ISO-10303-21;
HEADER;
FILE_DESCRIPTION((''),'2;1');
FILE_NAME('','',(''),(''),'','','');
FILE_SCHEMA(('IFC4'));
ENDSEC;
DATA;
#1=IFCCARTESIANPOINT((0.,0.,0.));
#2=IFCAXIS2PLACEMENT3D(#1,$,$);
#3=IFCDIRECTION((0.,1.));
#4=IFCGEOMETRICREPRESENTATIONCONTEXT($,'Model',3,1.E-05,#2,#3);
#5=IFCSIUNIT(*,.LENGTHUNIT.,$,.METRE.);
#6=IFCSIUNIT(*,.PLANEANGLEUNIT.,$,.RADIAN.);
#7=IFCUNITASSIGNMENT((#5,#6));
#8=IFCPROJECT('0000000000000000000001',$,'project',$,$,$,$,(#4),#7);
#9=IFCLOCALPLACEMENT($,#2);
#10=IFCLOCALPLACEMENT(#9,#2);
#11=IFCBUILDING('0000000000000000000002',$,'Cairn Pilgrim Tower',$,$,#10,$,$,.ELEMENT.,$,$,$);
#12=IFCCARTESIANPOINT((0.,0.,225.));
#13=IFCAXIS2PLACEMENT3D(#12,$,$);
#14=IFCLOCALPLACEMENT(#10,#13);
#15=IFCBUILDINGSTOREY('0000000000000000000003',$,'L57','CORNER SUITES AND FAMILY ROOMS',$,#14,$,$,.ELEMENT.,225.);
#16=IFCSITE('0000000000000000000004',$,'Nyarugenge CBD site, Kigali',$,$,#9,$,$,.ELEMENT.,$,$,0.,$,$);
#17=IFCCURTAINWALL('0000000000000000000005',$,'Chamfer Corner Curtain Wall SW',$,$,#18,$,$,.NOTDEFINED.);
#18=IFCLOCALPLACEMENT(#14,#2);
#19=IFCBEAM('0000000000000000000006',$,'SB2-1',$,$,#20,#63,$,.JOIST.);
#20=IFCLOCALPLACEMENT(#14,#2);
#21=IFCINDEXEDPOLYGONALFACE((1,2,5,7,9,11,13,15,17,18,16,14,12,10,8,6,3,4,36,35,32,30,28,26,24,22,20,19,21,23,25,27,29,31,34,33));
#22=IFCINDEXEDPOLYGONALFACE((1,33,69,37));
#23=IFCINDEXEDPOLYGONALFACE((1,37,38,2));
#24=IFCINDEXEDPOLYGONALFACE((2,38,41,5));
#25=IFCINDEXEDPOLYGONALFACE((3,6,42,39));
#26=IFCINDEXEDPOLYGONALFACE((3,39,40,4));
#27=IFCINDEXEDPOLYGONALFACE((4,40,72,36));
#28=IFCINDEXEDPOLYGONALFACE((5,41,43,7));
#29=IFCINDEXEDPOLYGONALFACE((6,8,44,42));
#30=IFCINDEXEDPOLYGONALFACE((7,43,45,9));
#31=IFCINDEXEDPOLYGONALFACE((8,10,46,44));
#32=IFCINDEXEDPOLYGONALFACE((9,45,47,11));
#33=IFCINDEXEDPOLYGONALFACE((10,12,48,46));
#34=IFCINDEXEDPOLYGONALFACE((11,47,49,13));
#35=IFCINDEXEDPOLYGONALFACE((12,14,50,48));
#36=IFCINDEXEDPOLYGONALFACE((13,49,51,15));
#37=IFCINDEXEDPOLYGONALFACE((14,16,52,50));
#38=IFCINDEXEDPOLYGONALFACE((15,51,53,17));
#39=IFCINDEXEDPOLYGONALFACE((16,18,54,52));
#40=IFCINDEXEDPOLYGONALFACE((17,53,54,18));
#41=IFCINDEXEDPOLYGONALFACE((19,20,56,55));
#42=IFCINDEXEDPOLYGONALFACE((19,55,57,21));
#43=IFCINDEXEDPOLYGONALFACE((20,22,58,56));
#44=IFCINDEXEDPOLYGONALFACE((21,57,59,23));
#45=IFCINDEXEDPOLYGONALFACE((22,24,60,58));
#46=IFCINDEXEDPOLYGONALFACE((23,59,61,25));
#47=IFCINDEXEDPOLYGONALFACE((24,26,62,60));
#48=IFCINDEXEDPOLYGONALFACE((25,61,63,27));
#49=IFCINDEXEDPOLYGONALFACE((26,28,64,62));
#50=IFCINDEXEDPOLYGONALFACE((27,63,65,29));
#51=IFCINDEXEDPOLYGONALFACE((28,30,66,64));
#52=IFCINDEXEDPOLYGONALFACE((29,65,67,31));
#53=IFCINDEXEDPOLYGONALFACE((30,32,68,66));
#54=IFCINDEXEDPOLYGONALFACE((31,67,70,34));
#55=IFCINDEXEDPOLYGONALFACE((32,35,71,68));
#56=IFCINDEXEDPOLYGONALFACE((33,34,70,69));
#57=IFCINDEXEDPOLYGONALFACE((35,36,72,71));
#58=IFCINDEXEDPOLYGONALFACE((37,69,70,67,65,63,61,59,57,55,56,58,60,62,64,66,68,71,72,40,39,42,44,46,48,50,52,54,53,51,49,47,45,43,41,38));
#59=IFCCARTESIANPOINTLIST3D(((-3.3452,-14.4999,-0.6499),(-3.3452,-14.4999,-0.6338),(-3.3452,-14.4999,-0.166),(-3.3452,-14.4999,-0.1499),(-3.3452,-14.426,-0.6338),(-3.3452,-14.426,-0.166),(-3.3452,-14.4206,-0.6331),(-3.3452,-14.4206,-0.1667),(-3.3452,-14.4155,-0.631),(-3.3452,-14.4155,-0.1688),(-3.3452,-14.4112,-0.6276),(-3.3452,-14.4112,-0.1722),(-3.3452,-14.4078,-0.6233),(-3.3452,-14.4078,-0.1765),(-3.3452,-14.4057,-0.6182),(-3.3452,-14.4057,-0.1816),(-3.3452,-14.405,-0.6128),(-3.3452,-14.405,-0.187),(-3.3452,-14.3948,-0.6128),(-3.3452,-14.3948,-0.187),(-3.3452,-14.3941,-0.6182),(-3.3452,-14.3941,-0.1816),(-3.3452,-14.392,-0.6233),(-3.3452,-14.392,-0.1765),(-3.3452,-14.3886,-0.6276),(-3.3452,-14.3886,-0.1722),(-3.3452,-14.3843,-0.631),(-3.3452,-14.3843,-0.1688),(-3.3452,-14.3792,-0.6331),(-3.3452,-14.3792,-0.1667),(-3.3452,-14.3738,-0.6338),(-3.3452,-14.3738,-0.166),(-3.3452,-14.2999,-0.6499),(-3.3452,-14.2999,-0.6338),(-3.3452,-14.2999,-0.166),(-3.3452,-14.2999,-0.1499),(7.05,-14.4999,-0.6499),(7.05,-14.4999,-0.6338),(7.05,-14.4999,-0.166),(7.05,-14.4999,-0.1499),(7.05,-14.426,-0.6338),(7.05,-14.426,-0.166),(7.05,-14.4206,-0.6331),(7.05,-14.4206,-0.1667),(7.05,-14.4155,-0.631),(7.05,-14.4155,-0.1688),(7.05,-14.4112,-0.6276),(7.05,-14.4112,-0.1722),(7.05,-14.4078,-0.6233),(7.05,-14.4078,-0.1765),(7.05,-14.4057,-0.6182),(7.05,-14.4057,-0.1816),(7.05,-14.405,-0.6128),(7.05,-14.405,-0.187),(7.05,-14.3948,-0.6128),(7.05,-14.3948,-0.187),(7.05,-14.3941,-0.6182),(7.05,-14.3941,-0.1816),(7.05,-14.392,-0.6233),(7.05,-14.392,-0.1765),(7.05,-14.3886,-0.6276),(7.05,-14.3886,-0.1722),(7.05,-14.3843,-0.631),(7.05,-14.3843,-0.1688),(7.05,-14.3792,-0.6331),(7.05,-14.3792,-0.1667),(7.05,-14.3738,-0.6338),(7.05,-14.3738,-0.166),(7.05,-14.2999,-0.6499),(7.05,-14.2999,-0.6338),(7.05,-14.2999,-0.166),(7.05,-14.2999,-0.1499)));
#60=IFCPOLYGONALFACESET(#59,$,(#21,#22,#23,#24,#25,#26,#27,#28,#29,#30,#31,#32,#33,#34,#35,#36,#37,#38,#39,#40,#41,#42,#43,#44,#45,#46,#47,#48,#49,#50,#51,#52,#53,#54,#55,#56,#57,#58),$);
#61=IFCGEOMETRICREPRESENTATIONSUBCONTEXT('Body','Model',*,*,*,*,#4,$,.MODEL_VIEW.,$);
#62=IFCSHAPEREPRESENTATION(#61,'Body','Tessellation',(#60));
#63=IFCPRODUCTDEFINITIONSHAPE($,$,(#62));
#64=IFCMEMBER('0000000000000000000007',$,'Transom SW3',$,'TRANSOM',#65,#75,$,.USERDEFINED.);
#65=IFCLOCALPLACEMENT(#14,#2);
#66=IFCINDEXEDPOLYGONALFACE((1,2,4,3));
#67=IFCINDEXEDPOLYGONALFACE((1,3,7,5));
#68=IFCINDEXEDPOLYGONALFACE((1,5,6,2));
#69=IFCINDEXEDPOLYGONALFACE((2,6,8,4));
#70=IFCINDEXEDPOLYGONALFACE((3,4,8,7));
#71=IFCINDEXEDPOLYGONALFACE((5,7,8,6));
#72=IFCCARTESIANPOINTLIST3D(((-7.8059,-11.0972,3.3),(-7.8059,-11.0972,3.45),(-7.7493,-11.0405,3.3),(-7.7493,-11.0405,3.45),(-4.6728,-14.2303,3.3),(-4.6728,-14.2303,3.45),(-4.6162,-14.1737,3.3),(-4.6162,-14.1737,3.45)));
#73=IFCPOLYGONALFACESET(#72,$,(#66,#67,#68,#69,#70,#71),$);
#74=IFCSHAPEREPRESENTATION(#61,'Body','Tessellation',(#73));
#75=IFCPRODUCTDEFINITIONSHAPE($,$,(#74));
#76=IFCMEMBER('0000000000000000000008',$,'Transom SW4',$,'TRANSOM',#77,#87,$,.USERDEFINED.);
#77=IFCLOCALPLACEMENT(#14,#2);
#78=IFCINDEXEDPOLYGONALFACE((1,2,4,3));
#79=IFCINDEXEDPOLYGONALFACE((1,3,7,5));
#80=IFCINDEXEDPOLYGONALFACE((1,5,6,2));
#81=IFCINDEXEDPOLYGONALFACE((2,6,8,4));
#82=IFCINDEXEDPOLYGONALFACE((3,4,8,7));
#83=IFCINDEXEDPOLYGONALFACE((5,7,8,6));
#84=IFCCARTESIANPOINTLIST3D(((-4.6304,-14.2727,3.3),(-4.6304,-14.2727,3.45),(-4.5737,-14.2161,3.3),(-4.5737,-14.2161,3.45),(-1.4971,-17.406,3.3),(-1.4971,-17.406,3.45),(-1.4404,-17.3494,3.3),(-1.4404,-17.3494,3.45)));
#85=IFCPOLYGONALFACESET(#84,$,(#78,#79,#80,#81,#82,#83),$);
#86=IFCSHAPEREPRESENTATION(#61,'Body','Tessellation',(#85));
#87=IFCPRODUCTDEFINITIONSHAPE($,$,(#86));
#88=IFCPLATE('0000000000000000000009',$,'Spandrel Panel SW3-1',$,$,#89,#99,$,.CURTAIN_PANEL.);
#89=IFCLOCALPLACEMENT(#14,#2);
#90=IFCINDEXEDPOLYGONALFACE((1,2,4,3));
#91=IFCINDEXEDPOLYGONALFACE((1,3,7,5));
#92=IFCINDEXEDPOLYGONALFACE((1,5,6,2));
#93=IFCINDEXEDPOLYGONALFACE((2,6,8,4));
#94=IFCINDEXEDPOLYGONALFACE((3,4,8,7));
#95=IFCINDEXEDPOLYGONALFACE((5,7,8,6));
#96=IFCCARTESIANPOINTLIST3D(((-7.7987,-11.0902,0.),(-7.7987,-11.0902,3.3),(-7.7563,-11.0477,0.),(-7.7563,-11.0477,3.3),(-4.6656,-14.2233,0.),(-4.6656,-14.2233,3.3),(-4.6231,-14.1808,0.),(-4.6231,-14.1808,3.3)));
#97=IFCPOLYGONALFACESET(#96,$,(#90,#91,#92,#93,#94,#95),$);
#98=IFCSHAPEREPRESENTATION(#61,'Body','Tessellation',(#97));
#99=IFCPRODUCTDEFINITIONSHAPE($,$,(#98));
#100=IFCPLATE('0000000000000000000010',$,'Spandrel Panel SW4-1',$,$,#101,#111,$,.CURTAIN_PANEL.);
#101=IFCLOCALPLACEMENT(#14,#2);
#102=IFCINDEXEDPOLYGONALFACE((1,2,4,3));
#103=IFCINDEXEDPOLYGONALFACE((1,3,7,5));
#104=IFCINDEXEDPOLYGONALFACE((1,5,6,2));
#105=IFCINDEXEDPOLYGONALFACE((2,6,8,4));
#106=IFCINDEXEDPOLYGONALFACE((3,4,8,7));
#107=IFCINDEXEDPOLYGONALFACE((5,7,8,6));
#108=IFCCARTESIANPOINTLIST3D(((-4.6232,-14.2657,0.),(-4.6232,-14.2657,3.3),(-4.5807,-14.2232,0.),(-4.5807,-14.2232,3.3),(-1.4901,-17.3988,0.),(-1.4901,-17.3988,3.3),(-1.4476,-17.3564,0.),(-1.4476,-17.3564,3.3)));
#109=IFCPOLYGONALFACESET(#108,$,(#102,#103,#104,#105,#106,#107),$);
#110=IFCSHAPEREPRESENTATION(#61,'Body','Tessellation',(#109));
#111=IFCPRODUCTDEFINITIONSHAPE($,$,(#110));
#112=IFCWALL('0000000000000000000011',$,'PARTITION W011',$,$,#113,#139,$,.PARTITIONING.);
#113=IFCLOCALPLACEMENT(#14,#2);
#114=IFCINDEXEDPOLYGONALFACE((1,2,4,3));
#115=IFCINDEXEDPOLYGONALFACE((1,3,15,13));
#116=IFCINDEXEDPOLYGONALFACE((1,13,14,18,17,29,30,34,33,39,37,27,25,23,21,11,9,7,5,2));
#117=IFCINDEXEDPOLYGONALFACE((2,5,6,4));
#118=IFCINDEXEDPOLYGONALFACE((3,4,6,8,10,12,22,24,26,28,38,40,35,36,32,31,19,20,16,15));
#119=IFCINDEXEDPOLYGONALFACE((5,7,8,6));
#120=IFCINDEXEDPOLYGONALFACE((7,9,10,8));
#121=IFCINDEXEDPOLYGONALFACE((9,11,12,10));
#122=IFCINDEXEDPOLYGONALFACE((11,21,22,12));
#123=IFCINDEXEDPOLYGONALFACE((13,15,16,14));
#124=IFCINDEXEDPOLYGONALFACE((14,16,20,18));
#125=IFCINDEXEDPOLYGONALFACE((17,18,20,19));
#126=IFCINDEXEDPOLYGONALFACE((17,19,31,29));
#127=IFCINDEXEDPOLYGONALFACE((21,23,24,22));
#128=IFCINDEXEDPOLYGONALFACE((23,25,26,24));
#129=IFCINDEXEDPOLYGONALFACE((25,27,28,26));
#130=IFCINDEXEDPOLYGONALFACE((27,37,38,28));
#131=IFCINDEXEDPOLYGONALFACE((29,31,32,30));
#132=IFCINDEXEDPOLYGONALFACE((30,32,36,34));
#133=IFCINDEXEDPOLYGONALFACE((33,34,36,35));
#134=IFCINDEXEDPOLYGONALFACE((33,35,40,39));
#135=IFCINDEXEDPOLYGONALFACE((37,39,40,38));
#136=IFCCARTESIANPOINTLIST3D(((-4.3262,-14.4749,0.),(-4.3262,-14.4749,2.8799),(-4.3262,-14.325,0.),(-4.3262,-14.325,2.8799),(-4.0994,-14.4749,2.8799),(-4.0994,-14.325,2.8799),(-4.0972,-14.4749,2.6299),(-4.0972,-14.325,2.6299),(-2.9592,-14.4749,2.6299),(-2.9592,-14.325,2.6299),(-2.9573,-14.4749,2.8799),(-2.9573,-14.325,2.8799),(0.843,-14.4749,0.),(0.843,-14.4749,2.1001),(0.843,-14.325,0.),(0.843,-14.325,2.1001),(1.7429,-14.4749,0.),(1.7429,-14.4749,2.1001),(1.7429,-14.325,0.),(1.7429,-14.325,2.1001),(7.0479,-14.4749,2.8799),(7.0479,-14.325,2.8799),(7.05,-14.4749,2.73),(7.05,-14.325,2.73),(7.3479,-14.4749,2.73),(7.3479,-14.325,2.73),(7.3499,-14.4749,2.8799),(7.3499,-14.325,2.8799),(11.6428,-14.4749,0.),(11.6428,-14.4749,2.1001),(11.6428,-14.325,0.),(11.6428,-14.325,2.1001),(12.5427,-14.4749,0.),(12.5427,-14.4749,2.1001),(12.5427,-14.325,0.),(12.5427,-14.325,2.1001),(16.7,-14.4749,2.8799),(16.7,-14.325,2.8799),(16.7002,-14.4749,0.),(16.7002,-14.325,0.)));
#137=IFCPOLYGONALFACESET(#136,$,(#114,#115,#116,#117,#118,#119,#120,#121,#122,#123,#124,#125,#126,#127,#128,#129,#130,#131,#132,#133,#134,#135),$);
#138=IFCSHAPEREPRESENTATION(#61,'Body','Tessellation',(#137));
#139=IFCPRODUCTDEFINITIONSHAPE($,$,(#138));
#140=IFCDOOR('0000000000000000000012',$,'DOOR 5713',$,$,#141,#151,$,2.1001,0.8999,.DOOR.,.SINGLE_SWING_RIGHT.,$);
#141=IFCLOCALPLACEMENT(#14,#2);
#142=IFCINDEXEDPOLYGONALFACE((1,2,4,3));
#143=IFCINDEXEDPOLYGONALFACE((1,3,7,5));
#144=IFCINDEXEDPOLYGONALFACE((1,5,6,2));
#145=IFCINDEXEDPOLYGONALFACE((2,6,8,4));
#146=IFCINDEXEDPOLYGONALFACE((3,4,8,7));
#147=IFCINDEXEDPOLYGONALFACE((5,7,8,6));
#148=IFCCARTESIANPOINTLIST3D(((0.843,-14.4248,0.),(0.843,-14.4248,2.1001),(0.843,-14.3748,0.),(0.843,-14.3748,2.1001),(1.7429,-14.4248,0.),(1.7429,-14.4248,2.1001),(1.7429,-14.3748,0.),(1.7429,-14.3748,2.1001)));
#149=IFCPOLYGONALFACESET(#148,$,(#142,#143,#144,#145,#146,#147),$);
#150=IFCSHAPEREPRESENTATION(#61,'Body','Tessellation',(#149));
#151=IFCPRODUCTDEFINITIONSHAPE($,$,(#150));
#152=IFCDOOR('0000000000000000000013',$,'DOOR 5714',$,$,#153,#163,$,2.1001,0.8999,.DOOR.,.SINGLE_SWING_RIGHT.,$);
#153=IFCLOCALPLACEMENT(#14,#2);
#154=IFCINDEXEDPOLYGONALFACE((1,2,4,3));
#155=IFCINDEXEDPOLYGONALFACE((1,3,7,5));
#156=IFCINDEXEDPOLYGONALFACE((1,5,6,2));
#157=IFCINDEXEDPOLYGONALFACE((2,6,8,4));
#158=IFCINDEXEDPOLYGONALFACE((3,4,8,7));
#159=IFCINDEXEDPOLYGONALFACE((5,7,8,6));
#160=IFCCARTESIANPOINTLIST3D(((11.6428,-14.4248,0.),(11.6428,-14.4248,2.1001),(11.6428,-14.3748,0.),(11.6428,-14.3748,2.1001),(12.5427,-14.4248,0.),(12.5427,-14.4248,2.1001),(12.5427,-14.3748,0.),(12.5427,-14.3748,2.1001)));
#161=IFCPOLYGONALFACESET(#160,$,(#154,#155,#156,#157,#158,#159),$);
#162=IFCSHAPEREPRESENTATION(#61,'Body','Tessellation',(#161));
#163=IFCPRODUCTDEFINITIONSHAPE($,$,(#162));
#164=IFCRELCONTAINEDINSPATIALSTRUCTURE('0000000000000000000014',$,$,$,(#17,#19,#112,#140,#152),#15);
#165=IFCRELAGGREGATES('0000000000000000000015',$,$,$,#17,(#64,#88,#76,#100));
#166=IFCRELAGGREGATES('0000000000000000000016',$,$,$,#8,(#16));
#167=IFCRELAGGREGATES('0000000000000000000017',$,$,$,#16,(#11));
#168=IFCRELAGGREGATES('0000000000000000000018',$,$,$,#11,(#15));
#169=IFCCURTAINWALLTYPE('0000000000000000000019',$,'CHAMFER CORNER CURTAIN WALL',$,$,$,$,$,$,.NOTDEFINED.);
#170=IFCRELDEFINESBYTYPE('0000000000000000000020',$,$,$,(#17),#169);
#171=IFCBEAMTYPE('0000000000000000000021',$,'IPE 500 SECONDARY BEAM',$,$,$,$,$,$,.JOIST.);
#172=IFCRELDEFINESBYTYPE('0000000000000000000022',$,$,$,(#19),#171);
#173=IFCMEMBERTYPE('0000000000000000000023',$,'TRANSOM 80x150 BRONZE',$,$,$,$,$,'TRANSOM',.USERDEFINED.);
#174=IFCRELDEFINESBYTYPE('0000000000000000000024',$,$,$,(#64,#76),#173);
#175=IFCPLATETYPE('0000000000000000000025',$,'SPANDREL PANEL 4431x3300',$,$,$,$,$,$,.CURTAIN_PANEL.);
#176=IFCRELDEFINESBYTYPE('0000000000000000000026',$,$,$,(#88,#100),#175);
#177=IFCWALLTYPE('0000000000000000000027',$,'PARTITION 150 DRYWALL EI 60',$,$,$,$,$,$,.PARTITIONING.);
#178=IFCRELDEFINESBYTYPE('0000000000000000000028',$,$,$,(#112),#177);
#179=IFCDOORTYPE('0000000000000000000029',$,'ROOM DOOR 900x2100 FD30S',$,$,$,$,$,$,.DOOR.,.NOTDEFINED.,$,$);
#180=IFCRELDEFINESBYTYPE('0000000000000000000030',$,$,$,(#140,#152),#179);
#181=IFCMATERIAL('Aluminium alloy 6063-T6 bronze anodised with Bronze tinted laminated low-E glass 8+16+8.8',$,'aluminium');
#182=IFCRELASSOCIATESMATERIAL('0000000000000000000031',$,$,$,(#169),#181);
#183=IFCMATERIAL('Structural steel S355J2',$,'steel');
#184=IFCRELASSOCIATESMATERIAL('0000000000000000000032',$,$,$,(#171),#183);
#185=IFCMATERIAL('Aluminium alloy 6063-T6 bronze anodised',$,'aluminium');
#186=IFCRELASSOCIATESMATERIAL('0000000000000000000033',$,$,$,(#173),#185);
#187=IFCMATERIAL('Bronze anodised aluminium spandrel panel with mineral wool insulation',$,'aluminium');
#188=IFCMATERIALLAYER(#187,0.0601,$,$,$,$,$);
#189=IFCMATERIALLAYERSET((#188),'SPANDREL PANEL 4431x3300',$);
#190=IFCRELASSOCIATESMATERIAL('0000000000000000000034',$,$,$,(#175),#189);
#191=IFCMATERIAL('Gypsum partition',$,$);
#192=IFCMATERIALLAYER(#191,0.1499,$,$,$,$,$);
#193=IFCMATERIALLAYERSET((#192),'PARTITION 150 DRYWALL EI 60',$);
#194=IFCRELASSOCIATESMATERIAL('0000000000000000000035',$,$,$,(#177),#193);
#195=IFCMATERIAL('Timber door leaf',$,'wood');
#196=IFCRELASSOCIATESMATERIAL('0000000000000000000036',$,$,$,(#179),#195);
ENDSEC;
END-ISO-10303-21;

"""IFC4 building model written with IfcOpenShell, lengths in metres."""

from ifc_helpers import new_model, si_unit, direction, frame, frame_2d, origin, origin_2d, place, context, subcontext, project, spatial, polyline, rectangle, i_section, outline, extrude, material, layer, layer_set, material_profile, profile_set, type_object, element, fill, aggregate, save


model = new_model("IFC4")

# Units and contexts
model_context = context("Model", 3, precision=1e-05, world=origin(), true_north=direction((0.0, 1.0)))
body_context = subcontext(model_context, "Body", "Model", "MODEL_VIEW")
ifc_project = project(units=[si_unit("LENGTHUNIT", "METRE"), si_unit("PLANEANGLEUNIT", "RADIAN")], contexts=[model_context])

# Site, building, storey
site_placement = place(None, origin())
site = spatial("IfcSite", under=ifc_project, at=site_placement, Name="Nyarugenge CBD site, Kigali", CompositionType="ELEMENT", RefElevation=0.0)
building_placement = place(site_placement, origin())
building = spatial("IfcBuilding", under=site, at=building_placement, Name="Cairn Pilgrim Tower", CompositionType="ELEMENT")
storey_placement = place(building_placement, frame((0.0, 0.0, 225.0)))
storey = spatial("IfcBuildingStorey", under=building, at=storey_placement, Name="L57", Description="CORNER SUITES AND FAMILY ROOMS", CompositionType="ELEMENT", Elevation=225.0)

# Shared definitions
ifc_material_1 = material(Name="Structural steel S355J2", Category="steel")

# Curtain wall
ifc_material_2 = material(Name="Aluminium alloy 6063-T6 bronze anodised with Bronze tinted laminated low-E glass 8+16+8.8", Category="aluminium")
curtain_wall_type = type_object("IfcCurtainWallType", Name="CHAMFER CORNER CURTAIN WALL", PredefinedType="NOTDEFINED", material=ifc_material_2)
curtain_wall_placement = place(storey_placement, origin())
curtain_wall = element("IfcCurtainWall", 1, at=curtain_wall_placement, inside=storey, type_object=curtain_wall_type, Name="Chamfer Corner Curtain Wall SW", PredefinedType="NOTDEFINED")
ifc_material_3 = material(Name="Aluminium alloy 6063-T6 bronze anodised", Category="aluminium")

# Beam
ifc_material_profile_1 = material_profile(ifc_material_1, i_section(OverallWidth=0.2, OverallDepth=0.5, WebThickness=0.0103, FlangeThickness=0.0161, FilletRadius=0.021, at=origin_2d()), Name="IPE 500")
ifc_profile_set_1 = profile_set([ifc_material_profile_1], Name="Structural steel S355J2")
beam_type_1 = type_object("IfcBeamType", Name="IPE 500 SECONDARY BEAM", PredefinedType="JOIST", material=ifc_profile_set_1)
beam_1_placement = place(storey_placement, frame((-3.3452, -14.3999, -0.3999), z_axis=(1.0, 0.0, 0.0), x_axis=(0.0, 1.0, 0.0)))
element("IfcBeam", 2, at=beam_1_placement, inside=storey, type_object=beam_type_1, Name="SB2-1", PredefinedType="JOIST", context=body_context, shape_type="SweptSolid", body=[
    extrude(i_section(OverallWidth=0.2, OverallDepth=0.5, WebThickness=0.0103, FlangeThickness=0.0161, FilletRadius=0.021, at=origin_2d()), origin(), (0.0, 0.0, 1.0), 10.3953),
])

# Members
ifc_material_profile_2 = material_profile(ifc_material_3, rectangle(XDim=0.0801, YDim=0.1499, at=origin_2d()), Name="TRANSOM 80x150 BRONZE")
ifc_profile_set_2 = profile_set([ifc_material_profile_2], Name="Aluminium alloy 6063-T6 bronze anodised")
member_type_1 = type_object("IfcMemberType", Name="TRANSOM 80x150 BRONZE", ElementType="TRANSOM", PredefinedType="USERDEFINED", material=ifc_profile_set_2)
member_1_placement = place(storey_placement, frame((-7.7776, -11.0688, 3.375), z_axis=(0.707107, -0.707107, 0.0), x_axis=(0.707107, 0.707107, 0.0)))
member_1 = element("IfcMember", 3, at=member_1_placement, type_object=member_type_1, Name="Transom SW3", ObjectType="TRANSOM", PredefinedType="USERDEFINED", context=body_context, shape_type="SweptSolid", body=[
    extrude(rectangle(XDim=0.0801, YDim=0.1499, at=origin_2d()), origin(), (0.0, 0.0, 1.0), 4.4309),
])
member_2_placement = place(storey_placement, frame((-4.6021, -14.2444, 3.375), z_axis=(0.707107, -0.707107, 0.0), x_axis=(0.707107, 0.707107, 0.0)))
member_2 = element("IfcMember", 4, at=member_2_placement, type_object=member_type_1, Name="Transom SW4", ObjectType="TRANSOM", PredefinedType="USERDEFINED", context=body_context, shape_type="SweptSolid", body=[
    extrude(rectangle(XDim=0.0801, YDim=0.1499, at=origin_2d()), origin(), (0.0, 0.0, 1.0), 4.4312),
])

# Plates
ifc_material_4 = material(Name="Bronze anodised aluminium spandrel panel with mineral wool insulation", Category="aluminium")
ifc_layer_1 = layer(ifc_material_4, 0.0601)
ifc_layer_set_1 = layer_set([ifc_layer_1], Name="SPANDREL PANEL 4431x3300")
plate_type = type_object("IfcPlateType", Name="SPANDREL PANEL 4431x3300", PredefinedType="CURTAIN_PANEL", material=ifc_layer_set_1)
plate_1_placement = place(storey_placement, frame((-6.2109, -12.6355, 0.0), z_axis=(0.0, 0.0, 1.0), x_axis=(0.707107, -0.707107, 0.0)))
plate_1 = element("IfcPlate", 5, at=plate_1_placement, type_object=plate_type, Name="Spandrel Panel SW3-1", PredefinedType="CURTAIN_PANEL", context=body_context, shape_type="SweptSolid", body=[
    extrude(rectangle(XDim=4.4309, YDim=0.0601, at=origin_2d()), origin(), (0.0, 0.0, 1.0), 3.3),
])
plate_2_placement = place(storey_placement, frame((-3.0354, -15.811, 0.0), z_axis=(0.0, 0.0, 1.0), x_axis=(0.707107, -0.707107, 0.0)))
plate_2 = element("IfcPlate", 6, at=plate_2_placement, type_object=plate_type, Name="Spandrel Panel SW4-1", PredefinedType="CURTAIN_PANEL", context=body_context, shape_type="SweptSolid", body=[
    extrude(rectangle(XDim=4.4309, YDim=0.0601, at=origin_2d()), origin(), (0.0, 0.0, 1.0), 3.3),
])
aggregate(curtain_wall, [member_1, plate_1, member_2, plate_2])

# Wall, openings, doors
ifc_material_5 = material(Name="Gypsum partition")
ifc_layer_2 = layer(ifc_material_5, 0.1499)
ifc_layer_set_2 = layer_set([ifc_layer_2], Name="PARTITION 150 DRYWALL EI 60")
wall_type_1 = type_object("IfcWallType", Name="PARTITION 150 DRYWALL EI 60", PredefinedType="PARTITIONING", material=ifc_layer_set_2)
wall_1_placement = place(storey_placement, frame((-4.3262, -14.3999, 0.0), z_axis=(0.0, 0.0, 1.0), x_axis=(1.0, 0.0, 0.0)))
wall_1 = element("IfcWall", 7, at=wall_1_placement, inside=storey, type_object=wall_type_1, Name="PARTITION W011", PredefinedType="PARTITIONING", context=body_context, shape_type="SweptSolid", body=[
    extrude(outline(polyline([(0.0, 0.0), (21.0264, 0.0), (21.0261, 2.8799), (11.676, 2.8799), (11.6741, 2.73), (11.3762, 2.73), (11.374, 2.8799), (1.3689, 2.8799), (1.3669, 2.6299), (0.229, 2.6299), (0.2268, 2.8799), (0.0, 2.8799), (0.0, 0.0)])), frame((0.0, 0.075, 0.0), z_axis=(0.0, -1.0, 0.0), x_axis=(1.0, 0.0, 0.0)), (0.0, 0.0, 1.0), 0.1499),
])
opening_1_placement = place(wall_1_placement, frame((5.1692, 0.0, 0.0)))
opening_1 = element("IfcOpeningElement", 8, at=opening_1_placement, cuts=wall_1, PredefinedType="OPENING", context=body_context, shape_type="SweptSolid", body=[
    extrude(rectangle(XDim=0.8999, YDim=2.1001, at=frame_2d((0.45, 1.05))), frame((0.0, 0.085, 0.0), z_axis=(0.0, -1.0, 0.0), x_axis=(1.0, 0.0, 0.0)), (0.0, 0.0, 1.0), 0.1699),
])
opening_2_placement = place(wall_1_placement, frame((15.969, 0.0, 0.0)))
opening_2 = element("IfcOpeningElement", 9, at=opening_2_placement, cuts=wall_1, PredefinedType="OPENING", context=body_context, shape_type="SweptSolid", body=[
    extrude(rectangle(XDim=0.8999, YDim=2.1001, at=frame_2d((0.45, 1.05))), frame((0.0, 0.085, 0.0), z_axis=(0.0, -1.0, 0.0), x_axis=(1.0, 0.0, 0.0)), (0.0, 0.0, 1.0), 0.1699),
])
ifc_material_6 = material(Name="Timber door leaf", Category="wood")
door_type_1 = type_object("IfcDoorType", Name="ROOM DOOR 900x2100 FD30S", OperationType="NOTDEFINED", PredefinedType="DOOR", material=ifc_material_6)
door_1_placement = place(opening_1_placement, frame((0.8999, 0.0, 0.0), z_axis=(0.0, 0.0, 1.0), x_axis=(-1.0, 0.0, 0.0)))
door_1 = element("IfcDoor", 10, at=door_1_placement, inside=storey, type_object=door_type_1, Name="DOOR 5713", OperationType="SINGLE_SWING_RIGHT", OverallHeight=2.1001, OverallWidth=0.8999, PredefinedType="DOOR", context=body_context, shape_type="SweptSolid", body=[
    extrude(rectangle(XDim=0.8999, YDim=2.1001, at=frame_2d((0.45, 1.05))), frame((0.0, 0.0249, 0.0), z_axis=(0.0, -1.0, 0.0), x_axis=(1.0, 0.0, 0.0)), (0.0, 0.0, 1.0), 0.05),
])
fill(opening_1, door_1)
door_2_placement = place(opening_2_placement, frame((0.8999, 0.0, 0.0), z_axis=(0.0, 0.0, 1.0), x_axis=(-1.0, 0.0, 0.0)))
door_2 = element("IfcDoor", 11, at=door_2_placement, inside=storey, type_object=door_type_1, Name="DOOR 5714", OperationType="SINGLE_SWING_RIGHT", OverallHeight=2.1001, OverallWidth=0.8999, PredefinedType="DOOR", context=body_context, shape_type="SweptSolid", body=[
    extrude(rectangle(XDim=0.8999, YDim=2.1001, at=frame_2d((0.45, 1.05))), frame((0.0, 0.0249, 0.0), z_axis=(0.0, -1.0, 0.0), x_axis=(1.0, 0.0, 0.0)), (0.0, 0.0, 1.0), 0.05),
])
fill(opening_2, door_2)

save(model, "model.ifc")
